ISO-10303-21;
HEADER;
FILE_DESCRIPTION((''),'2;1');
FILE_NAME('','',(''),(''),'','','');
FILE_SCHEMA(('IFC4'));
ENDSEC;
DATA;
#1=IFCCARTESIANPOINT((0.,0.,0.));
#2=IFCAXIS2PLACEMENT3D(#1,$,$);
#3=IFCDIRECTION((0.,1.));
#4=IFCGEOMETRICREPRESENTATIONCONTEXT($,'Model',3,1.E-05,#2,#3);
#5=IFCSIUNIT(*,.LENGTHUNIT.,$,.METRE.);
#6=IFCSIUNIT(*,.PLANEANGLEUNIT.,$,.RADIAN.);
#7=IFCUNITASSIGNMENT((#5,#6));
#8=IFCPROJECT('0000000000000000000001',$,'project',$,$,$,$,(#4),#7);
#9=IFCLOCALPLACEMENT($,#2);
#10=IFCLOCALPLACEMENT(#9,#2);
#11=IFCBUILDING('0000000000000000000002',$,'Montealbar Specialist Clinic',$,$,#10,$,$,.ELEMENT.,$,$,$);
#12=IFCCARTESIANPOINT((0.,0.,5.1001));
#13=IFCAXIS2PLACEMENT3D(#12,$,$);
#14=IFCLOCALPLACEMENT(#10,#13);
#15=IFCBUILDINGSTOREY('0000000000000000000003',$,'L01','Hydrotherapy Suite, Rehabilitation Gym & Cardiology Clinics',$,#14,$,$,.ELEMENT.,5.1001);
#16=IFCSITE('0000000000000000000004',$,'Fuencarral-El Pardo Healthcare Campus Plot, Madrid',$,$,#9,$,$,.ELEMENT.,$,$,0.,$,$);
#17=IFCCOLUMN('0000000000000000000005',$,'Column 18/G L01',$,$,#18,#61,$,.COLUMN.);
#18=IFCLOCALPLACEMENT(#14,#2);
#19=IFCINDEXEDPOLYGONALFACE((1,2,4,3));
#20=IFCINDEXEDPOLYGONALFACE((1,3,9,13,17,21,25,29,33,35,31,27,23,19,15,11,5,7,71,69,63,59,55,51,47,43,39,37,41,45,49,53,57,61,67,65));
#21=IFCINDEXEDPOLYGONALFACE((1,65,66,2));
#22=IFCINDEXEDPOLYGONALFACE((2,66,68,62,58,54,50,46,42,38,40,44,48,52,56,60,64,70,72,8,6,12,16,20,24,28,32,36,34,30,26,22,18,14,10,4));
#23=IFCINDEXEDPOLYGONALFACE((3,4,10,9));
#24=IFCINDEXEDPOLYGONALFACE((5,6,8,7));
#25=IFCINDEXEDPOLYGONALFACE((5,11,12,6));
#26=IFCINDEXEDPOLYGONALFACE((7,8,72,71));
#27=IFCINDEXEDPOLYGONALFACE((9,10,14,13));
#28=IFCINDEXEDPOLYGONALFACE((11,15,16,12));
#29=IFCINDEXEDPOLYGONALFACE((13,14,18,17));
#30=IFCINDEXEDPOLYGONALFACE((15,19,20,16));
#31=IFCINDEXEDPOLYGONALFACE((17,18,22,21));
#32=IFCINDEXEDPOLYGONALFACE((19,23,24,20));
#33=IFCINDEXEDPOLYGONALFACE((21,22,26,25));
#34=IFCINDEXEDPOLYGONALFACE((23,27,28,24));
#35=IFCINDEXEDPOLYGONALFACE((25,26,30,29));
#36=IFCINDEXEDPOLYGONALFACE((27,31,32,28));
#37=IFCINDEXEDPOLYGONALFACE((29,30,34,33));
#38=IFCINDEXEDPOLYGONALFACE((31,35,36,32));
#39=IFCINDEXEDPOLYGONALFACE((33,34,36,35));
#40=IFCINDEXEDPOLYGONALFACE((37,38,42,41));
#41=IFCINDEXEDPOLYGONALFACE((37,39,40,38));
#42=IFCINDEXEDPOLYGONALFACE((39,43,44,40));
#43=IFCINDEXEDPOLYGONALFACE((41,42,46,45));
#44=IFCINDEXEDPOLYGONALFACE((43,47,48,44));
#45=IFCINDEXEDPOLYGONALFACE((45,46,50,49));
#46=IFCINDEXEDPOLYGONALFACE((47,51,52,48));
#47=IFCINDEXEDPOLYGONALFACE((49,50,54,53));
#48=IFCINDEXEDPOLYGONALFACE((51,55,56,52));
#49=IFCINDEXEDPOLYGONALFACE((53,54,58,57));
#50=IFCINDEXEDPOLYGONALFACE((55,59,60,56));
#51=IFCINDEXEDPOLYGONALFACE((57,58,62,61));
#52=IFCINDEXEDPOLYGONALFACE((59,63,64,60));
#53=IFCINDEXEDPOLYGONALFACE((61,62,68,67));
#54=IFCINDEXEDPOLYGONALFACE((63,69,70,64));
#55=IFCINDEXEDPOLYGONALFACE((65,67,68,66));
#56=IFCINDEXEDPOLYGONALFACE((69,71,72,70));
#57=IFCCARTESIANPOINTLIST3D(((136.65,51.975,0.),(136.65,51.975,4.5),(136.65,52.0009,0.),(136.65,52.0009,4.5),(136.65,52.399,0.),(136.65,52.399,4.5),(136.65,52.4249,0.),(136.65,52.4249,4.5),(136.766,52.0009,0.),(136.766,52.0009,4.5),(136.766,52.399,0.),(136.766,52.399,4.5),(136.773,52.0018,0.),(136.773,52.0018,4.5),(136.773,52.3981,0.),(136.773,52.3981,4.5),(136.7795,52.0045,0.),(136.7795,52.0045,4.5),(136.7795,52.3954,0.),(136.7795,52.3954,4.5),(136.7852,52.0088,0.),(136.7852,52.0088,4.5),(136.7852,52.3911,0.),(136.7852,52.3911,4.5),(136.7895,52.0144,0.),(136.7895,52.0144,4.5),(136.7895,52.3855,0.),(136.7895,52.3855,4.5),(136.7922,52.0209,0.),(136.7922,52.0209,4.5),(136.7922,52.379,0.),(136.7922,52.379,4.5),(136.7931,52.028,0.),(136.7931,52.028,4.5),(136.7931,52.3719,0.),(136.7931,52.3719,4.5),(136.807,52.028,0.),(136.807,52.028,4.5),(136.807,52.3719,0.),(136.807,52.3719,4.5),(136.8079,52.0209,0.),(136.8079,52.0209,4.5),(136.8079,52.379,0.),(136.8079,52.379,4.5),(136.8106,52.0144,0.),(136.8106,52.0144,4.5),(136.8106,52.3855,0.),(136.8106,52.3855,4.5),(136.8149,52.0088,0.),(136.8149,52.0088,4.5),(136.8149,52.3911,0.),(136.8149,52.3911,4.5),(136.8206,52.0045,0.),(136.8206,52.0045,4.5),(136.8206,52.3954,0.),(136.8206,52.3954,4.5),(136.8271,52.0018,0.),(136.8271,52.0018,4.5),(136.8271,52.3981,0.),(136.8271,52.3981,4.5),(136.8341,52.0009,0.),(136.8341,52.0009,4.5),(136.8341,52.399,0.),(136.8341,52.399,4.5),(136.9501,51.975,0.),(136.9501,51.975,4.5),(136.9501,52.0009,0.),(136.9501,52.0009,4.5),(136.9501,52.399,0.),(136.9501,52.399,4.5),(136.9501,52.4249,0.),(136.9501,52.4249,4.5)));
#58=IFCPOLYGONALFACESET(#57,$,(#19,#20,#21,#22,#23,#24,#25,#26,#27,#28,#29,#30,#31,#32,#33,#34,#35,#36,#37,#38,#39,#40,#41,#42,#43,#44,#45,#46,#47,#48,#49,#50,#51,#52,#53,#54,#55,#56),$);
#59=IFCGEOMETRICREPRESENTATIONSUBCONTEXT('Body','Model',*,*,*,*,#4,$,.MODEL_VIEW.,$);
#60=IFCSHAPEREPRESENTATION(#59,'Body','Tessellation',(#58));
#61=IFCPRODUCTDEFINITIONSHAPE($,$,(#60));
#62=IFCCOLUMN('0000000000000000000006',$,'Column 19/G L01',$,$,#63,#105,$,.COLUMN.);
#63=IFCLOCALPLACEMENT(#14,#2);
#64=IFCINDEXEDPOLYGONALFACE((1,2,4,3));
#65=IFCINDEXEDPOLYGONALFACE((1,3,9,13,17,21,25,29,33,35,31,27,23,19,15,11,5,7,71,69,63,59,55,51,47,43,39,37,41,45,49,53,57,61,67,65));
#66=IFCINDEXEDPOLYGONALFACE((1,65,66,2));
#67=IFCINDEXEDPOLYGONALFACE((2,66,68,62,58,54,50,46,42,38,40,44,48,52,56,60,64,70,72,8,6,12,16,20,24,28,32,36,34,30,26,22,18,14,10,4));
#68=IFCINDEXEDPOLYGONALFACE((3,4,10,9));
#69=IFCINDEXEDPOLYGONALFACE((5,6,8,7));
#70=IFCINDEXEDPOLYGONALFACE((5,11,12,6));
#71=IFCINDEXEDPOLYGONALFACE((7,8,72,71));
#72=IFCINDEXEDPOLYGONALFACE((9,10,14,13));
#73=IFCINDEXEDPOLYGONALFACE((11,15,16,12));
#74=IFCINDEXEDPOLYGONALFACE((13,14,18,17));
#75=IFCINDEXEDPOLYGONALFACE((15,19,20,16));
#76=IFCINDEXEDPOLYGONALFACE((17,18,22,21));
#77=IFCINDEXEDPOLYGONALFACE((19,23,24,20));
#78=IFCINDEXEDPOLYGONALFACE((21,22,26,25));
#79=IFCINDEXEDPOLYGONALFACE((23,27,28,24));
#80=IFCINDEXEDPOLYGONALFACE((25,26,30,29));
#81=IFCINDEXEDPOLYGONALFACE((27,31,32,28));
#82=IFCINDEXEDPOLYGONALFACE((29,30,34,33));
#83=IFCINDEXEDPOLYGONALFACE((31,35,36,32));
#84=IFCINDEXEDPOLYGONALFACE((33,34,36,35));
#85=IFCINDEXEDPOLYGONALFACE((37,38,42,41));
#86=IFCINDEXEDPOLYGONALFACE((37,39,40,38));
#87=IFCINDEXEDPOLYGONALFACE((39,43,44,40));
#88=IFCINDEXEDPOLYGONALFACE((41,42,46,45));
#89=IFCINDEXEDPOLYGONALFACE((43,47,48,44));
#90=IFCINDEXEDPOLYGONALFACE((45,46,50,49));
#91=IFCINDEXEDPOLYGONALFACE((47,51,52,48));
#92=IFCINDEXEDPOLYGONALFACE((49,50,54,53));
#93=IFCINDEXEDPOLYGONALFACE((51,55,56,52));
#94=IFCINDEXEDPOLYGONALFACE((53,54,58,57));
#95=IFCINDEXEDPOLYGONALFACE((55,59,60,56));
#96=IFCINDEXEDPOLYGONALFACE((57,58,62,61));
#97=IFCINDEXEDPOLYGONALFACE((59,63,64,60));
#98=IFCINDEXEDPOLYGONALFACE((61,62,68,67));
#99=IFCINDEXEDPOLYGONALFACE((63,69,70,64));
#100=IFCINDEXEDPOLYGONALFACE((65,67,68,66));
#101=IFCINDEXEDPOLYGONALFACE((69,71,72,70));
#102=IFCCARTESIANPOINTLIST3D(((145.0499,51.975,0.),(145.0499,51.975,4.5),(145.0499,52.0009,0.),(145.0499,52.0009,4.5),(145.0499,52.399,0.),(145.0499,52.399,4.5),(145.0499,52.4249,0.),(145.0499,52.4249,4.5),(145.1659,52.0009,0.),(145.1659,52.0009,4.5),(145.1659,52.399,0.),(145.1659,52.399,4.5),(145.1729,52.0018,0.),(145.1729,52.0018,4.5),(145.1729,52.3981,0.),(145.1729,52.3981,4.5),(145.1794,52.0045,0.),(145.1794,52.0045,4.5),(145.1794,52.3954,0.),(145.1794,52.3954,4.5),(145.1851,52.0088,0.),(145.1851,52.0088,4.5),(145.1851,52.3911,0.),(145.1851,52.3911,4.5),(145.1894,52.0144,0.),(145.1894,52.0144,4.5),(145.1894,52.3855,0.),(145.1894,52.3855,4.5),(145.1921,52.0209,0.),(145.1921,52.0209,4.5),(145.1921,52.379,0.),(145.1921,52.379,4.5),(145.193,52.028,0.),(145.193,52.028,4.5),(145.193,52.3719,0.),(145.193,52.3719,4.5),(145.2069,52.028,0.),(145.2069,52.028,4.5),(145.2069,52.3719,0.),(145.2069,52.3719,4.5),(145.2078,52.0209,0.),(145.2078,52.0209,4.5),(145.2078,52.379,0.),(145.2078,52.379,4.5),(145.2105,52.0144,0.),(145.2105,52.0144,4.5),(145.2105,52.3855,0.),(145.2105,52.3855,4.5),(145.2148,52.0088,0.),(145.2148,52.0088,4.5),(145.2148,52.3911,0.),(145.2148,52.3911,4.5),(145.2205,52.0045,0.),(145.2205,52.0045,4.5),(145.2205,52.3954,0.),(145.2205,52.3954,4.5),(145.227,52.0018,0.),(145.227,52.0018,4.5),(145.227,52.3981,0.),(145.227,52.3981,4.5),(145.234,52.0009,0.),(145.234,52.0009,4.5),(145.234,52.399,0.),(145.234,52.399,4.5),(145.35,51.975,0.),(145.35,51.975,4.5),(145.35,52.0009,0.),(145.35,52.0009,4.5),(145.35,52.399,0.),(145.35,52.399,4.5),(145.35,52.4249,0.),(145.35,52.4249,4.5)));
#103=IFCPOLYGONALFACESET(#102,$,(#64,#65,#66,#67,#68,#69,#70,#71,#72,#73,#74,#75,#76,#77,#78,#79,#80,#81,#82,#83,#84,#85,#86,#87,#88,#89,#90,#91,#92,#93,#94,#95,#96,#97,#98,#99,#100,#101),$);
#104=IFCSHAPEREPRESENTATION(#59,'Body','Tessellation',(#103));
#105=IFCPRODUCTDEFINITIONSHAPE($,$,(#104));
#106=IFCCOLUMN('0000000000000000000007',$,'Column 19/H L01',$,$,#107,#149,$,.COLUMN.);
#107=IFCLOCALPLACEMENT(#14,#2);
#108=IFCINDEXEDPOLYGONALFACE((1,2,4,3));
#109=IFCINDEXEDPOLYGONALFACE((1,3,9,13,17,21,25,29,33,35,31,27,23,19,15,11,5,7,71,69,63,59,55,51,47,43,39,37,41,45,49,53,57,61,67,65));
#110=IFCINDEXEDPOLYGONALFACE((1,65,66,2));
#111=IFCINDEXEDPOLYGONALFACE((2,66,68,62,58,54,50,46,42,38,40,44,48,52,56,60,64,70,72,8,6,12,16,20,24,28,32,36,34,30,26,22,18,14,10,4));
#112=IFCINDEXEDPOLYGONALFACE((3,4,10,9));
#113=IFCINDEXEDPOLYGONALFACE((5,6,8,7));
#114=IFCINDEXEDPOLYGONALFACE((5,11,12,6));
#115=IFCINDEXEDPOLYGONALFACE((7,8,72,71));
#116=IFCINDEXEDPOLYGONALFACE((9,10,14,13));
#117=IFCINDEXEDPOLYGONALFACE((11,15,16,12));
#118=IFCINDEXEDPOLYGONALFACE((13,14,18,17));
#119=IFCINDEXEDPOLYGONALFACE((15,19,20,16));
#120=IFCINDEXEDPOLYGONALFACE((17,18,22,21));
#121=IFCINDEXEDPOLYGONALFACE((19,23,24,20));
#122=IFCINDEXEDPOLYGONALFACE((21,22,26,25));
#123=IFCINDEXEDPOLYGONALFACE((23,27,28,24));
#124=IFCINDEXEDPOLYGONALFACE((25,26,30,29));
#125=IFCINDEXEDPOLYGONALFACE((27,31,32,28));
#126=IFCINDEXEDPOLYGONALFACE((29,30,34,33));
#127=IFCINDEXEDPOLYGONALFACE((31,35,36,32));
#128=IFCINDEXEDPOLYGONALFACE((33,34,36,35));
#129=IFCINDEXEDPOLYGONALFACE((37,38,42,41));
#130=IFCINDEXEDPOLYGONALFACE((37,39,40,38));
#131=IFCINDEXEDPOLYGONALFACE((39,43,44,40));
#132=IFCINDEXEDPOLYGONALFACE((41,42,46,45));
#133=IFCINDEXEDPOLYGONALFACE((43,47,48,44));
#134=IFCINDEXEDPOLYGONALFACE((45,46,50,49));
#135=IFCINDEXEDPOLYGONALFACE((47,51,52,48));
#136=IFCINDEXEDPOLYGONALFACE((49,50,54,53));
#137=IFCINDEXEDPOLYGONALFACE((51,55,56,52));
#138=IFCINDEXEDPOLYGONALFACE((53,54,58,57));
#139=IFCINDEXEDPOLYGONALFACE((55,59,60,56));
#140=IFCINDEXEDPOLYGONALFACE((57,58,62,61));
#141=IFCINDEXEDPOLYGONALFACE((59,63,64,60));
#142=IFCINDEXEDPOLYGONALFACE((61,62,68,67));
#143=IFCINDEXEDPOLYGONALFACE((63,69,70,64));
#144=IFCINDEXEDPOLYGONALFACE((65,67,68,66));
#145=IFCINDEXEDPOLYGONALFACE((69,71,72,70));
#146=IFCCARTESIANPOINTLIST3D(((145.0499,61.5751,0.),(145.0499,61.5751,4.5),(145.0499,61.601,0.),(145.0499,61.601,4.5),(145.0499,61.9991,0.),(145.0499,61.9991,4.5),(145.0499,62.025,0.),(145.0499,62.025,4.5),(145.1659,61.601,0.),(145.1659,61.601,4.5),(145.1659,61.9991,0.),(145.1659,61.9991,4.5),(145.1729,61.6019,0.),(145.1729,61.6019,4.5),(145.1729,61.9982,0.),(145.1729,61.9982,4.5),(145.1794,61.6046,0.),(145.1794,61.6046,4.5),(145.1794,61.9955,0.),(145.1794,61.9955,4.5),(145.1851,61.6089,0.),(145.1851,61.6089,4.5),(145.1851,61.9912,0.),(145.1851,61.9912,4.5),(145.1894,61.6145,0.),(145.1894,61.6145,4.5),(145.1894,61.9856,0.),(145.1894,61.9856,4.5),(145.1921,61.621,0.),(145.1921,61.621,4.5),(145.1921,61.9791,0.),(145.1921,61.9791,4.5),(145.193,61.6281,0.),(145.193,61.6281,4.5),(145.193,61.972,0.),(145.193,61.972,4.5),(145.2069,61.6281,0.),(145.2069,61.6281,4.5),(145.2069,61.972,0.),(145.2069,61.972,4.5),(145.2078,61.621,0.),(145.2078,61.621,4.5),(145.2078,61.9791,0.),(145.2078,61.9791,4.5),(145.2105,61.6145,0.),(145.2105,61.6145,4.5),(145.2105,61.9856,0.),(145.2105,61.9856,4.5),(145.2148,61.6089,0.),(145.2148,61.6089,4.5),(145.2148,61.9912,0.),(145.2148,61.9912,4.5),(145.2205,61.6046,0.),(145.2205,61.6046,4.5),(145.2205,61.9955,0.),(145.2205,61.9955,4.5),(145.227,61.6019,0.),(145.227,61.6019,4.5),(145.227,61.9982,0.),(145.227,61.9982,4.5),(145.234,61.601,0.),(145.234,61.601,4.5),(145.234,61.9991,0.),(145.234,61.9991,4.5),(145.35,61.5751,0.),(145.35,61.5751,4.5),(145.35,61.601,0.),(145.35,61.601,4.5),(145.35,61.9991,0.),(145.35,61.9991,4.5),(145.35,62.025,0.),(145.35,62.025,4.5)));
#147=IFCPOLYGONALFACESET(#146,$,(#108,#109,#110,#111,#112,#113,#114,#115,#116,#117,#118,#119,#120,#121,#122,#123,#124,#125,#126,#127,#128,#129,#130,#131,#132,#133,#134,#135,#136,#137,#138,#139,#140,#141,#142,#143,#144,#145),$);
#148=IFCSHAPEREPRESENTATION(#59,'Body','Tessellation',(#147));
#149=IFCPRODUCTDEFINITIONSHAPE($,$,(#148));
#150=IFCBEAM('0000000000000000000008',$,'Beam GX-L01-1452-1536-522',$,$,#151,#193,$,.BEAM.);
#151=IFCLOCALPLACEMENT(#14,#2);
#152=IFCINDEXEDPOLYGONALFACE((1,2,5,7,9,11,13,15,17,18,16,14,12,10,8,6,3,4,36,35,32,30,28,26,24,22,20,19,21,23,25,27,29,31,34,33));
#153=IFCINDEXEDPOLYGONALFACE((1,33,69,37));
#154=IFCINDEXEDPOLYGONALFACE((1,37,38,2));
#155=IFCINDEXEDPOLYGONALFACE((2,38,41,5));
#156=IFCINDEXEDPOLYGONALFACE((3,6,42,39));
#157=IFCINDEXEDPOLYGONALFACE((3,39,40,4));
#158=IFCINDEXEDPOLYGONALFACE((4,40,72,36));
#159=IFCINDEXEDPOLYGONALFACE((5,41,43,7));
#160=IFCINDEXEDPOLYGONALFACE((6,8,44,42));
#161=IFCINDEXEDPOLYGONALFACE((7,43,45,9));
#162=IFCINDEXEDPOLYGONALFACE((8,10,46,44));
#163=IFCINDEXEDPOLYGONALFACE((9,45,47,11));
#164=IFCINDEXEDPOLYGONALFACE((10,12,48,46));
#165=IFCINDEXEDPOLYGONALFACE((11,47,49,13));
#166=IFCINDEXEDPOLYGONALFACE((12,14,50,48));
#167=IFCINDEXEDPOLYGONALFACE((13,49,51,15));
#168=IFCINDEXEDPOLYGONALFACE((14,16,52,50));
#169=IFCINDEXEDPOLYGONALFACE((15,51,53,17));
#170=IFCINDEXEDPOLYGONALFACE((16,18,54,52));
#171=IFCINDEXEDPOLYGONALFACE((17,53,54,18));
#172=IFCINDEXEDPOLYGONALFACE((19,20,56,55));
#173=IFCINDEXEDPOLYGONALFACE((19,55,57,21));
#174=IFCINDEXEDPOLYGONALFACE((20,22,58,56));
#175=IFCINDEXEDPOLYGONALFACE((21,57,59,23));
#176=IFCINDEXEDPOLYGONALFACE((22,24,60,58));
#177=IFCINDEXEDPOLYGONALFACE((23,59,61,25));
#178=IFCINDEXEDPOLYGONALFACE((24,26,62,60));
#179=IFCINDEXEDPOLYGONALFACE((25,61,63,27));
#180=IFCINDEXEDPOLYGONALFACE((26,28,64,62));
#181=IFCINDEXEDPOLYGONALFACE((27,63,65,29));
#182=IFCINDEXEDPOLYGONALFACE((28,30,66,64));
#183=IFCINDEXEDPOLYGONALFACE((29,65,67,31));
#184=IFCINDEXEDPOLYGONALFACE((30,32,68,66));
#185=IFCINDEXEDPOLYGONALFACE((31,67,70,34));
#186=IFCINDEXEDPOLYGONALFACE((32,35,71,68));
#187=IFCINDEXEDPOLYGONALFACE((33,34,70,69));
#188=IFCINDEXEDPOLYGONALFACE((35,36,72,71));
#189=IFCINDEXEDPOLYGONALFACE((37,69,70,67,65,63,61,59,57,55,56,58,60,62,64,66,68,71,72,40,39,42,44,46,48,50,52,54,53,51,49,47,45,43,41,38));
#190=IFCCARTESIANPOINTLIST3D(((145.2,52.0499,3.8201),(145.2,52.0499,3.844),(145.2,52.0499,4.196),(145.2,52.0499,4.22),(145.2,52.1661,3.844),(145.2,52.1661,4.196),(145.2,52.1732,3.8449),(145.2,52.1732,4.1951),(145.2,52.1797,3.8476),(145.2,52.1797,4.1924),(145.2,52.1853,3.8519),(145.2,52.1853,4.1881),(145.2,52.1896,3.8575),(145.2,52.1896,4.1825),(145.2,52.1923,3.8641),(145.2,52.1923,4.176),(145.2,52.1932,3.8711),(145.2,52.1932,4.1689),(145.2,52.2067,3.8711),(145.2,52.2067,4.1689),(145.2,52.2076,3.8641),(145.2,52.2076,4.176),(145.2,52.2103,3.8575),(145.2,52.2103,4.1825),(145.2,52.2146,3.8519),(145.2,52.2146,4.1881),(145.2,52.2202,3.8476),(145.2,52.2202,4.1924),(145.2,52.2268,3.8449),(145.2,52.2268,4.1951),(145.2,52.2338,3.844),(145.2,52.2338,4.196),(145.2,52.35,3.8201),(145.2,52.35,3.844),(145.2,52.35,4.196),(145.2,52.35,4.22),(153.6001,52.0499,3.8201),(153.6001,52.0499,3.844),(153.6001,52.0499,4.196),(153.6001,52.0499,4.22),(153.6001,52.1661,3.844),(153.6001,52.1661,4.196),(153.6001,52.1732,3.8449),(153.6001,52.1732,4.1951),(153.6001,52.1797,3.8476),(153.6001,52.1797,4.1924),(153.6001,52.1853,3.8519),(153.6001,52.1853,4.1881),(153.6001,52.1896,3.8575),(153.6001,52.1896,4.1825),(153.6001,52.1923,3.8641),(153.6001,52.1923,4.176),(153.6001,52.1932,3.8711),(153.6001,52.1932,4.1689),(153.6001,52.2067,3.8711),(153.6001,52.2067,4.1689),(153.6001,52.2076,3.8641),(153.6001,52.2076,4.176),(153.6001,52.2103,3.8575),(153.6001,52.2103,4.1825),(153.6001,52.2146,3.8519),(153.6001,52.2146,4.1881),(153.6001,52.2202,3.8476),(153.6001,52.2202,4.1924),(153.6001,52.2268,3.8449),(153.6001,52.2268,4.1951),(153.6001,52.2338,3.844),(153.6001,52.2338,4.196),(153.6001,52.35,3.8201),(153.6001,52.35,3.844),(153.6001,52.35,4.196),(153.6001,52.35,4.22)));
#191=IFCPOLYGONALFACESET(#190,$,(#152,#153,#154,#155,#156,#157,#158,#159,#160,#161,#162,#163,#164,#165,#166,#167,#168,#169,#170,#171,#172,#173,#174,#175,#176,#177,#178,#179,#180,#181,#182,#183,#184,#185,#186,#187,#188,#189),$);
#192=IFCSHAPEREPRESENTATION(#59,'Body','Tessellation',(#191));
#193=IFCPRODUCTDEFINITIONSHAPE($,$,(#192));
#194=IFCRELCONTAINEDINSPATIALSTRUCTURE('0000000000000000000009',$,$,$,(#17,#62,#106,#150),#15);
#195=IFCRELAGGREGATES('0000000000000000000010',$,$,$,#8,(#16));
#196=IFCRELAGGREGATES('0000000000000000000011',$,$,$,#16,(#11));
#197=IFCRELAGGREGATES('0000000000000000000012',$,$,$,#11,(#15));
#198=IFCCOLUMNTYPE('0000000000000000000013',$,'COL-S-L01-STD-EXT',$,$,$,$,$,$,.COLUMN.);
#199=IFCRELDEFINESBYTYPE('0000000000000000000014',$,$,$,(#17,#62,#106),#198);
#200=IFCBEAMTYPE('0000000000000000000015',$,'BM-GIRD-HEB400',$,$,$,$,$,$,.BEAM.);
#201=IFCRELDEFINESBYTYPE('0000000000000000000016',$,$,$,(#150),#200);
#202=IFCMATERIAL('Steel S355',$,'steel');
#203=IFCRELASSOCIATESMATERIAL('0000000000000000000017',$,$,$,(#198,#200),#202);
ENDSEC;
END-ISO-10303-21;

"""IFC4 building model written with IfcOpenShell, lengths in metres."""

from ifc_helpers import new_model, si_unit, direction, frame, origin, origin_2d, place, context, subcontext, project, spatial, i_section, extrude, material, material_profile, profile_set, type_object, element, save


model = new_model("IFC4")

# Units and contexts
model_context = context("Model", 3, precision=1e-05, world=origin(), true_north=direction((0.0, 1.0)))
body_context = subcontext(model_context, "Body", "Model", "MODEL_VIEW")
ifc_project = project(units=[si_unit("LENGTHUNIT", "METRE"), si_unit("PLANEANGLEUNIT", "RADIAN")], contexts=[model_context])

# Site, building, storey
site_placement = place(None, origin())
site = spatial("IfcSite", under=ifc_project, at=site_placement, Name="Fuencarral-El Pardo Healthcare Campus Plot, Madrid", CompositionType="ELEMENT", RefElevation=0.0)
building_placement = place(site_placement, origin())
building = spatial("IfcBuilding", under=site, at=building_placement, Name="Montealbar Specialist Clinic", CompositionType="ELEMENT")
storey_placement = place(building_placement, frame((0.0, 0.0, 5.1001)))
storey = spatial("IfcBuildingStorey", under=building, at=storey_placement, Name="L01", Description="Hydrotherapy Suite, Rehabilitation Gym & Cardiology Clinics", CompositionType="ELEMENT", Elevation=5.1001)

# Columns
ifc_material_1 = material(Name="Steel S355", Category="steel")
ifc_material_profile_1 = material_profile(ifc_material_1, i_section(OverallWidth=0.3, OverallDepth=0.45, WebThickness=0.0139, FlangeThickness=0.0259, FilletRadius=0.0271, at=origin_2d()), Name="HEB 450", Category="steel")
ifc_profile_set_1 = profile_set([ifc_material_profile_1], Name="Steel S355")
column_type = type_object("IfcColumnType", Name="COL-S-L01-STD-EXT", PredefinedType="COLUMN", material=ifc_profile_set_1)
for number, where, z_axis, x_axis, name in (
    (1, (136.8, 52.2, 0.0), (0.0, 0.0, 1.0), (1.0, 0.0, 0.0), "Column 18/G L01"),
    (2, (145.2, 52.2, 0.0), (0.0, 0.0, 1.0), (1.0, 0.0, 0.0), "Column 19/G L01"),
    (3, (145.2, 61.8, 0.0), (0.0, 0.0, 1.0), (1.0, 0.0, 0.0), "Column 19/H L01"),
):
    element("IfcColumn", number, at=place(storey_placement, frame(where, z_axis=z_axis, x_axis=x_axis)), inside=storey, type_object=column_type, Name=name, PredefinedType="COLUMN", context=body_context, shape_type="SweptSolid", body=[
        extrude(i_section(OverallWidth=0.3, OverallDepth=0.45, WebThickness=0.0139, FlangeThickness=0.0259, FilletRadius=0.0271, at=origin_2d()), origin(), (0.0, 0.0, 1.0), 4.5),
    ])

# Beam
ifc_material_profile_2 = material_profile(ifc_material_1, i_section(OverallWidth=0.3, OverallDepth=0.3999, WebThickness=0.0134, FlangeThickness=0.0239, FilletRadius=0.0271, at=origin_2d()), Name="HEB 400", Category="steel")
ifc_profile_set_2 = profile_set([ifc_material_profile_2], Name="Steel S355")
beam_type_1 = type_object("IfcBeamType", Name="BM-GIRD-HEB400", PredefinedType="BEAM", material=ifc_profile_set_2)
for number, where, z_axis, x_axis, name in (
    (4, (145.2, 52.2, 4.02), (1.0, 0.0, 0.0), (0.0, 1.0, 0.0), "Beam GX-L01-1452-1536-522"),
):
    element("IfcBeam", number, at=place(storey_placement, frame(where, z_axis=z_axis, x_axis=x_axis)), inside=storey, type_object=beam_type_1, Name=name, PredefinedType="BEAM", context=body_context, shape_type="SweptSolid", body=[
        extrude(i_section(OverallWidth=0.3, OverallDepth=0.3999, WebThickness=0.0134, FlangeThickness=0.0239, FilletRadius=0.0271, at=origin_2d()), origin(), (0.0, 0.0, 1.0), 8.4001),
    ])

save(model, "model.ifc")
